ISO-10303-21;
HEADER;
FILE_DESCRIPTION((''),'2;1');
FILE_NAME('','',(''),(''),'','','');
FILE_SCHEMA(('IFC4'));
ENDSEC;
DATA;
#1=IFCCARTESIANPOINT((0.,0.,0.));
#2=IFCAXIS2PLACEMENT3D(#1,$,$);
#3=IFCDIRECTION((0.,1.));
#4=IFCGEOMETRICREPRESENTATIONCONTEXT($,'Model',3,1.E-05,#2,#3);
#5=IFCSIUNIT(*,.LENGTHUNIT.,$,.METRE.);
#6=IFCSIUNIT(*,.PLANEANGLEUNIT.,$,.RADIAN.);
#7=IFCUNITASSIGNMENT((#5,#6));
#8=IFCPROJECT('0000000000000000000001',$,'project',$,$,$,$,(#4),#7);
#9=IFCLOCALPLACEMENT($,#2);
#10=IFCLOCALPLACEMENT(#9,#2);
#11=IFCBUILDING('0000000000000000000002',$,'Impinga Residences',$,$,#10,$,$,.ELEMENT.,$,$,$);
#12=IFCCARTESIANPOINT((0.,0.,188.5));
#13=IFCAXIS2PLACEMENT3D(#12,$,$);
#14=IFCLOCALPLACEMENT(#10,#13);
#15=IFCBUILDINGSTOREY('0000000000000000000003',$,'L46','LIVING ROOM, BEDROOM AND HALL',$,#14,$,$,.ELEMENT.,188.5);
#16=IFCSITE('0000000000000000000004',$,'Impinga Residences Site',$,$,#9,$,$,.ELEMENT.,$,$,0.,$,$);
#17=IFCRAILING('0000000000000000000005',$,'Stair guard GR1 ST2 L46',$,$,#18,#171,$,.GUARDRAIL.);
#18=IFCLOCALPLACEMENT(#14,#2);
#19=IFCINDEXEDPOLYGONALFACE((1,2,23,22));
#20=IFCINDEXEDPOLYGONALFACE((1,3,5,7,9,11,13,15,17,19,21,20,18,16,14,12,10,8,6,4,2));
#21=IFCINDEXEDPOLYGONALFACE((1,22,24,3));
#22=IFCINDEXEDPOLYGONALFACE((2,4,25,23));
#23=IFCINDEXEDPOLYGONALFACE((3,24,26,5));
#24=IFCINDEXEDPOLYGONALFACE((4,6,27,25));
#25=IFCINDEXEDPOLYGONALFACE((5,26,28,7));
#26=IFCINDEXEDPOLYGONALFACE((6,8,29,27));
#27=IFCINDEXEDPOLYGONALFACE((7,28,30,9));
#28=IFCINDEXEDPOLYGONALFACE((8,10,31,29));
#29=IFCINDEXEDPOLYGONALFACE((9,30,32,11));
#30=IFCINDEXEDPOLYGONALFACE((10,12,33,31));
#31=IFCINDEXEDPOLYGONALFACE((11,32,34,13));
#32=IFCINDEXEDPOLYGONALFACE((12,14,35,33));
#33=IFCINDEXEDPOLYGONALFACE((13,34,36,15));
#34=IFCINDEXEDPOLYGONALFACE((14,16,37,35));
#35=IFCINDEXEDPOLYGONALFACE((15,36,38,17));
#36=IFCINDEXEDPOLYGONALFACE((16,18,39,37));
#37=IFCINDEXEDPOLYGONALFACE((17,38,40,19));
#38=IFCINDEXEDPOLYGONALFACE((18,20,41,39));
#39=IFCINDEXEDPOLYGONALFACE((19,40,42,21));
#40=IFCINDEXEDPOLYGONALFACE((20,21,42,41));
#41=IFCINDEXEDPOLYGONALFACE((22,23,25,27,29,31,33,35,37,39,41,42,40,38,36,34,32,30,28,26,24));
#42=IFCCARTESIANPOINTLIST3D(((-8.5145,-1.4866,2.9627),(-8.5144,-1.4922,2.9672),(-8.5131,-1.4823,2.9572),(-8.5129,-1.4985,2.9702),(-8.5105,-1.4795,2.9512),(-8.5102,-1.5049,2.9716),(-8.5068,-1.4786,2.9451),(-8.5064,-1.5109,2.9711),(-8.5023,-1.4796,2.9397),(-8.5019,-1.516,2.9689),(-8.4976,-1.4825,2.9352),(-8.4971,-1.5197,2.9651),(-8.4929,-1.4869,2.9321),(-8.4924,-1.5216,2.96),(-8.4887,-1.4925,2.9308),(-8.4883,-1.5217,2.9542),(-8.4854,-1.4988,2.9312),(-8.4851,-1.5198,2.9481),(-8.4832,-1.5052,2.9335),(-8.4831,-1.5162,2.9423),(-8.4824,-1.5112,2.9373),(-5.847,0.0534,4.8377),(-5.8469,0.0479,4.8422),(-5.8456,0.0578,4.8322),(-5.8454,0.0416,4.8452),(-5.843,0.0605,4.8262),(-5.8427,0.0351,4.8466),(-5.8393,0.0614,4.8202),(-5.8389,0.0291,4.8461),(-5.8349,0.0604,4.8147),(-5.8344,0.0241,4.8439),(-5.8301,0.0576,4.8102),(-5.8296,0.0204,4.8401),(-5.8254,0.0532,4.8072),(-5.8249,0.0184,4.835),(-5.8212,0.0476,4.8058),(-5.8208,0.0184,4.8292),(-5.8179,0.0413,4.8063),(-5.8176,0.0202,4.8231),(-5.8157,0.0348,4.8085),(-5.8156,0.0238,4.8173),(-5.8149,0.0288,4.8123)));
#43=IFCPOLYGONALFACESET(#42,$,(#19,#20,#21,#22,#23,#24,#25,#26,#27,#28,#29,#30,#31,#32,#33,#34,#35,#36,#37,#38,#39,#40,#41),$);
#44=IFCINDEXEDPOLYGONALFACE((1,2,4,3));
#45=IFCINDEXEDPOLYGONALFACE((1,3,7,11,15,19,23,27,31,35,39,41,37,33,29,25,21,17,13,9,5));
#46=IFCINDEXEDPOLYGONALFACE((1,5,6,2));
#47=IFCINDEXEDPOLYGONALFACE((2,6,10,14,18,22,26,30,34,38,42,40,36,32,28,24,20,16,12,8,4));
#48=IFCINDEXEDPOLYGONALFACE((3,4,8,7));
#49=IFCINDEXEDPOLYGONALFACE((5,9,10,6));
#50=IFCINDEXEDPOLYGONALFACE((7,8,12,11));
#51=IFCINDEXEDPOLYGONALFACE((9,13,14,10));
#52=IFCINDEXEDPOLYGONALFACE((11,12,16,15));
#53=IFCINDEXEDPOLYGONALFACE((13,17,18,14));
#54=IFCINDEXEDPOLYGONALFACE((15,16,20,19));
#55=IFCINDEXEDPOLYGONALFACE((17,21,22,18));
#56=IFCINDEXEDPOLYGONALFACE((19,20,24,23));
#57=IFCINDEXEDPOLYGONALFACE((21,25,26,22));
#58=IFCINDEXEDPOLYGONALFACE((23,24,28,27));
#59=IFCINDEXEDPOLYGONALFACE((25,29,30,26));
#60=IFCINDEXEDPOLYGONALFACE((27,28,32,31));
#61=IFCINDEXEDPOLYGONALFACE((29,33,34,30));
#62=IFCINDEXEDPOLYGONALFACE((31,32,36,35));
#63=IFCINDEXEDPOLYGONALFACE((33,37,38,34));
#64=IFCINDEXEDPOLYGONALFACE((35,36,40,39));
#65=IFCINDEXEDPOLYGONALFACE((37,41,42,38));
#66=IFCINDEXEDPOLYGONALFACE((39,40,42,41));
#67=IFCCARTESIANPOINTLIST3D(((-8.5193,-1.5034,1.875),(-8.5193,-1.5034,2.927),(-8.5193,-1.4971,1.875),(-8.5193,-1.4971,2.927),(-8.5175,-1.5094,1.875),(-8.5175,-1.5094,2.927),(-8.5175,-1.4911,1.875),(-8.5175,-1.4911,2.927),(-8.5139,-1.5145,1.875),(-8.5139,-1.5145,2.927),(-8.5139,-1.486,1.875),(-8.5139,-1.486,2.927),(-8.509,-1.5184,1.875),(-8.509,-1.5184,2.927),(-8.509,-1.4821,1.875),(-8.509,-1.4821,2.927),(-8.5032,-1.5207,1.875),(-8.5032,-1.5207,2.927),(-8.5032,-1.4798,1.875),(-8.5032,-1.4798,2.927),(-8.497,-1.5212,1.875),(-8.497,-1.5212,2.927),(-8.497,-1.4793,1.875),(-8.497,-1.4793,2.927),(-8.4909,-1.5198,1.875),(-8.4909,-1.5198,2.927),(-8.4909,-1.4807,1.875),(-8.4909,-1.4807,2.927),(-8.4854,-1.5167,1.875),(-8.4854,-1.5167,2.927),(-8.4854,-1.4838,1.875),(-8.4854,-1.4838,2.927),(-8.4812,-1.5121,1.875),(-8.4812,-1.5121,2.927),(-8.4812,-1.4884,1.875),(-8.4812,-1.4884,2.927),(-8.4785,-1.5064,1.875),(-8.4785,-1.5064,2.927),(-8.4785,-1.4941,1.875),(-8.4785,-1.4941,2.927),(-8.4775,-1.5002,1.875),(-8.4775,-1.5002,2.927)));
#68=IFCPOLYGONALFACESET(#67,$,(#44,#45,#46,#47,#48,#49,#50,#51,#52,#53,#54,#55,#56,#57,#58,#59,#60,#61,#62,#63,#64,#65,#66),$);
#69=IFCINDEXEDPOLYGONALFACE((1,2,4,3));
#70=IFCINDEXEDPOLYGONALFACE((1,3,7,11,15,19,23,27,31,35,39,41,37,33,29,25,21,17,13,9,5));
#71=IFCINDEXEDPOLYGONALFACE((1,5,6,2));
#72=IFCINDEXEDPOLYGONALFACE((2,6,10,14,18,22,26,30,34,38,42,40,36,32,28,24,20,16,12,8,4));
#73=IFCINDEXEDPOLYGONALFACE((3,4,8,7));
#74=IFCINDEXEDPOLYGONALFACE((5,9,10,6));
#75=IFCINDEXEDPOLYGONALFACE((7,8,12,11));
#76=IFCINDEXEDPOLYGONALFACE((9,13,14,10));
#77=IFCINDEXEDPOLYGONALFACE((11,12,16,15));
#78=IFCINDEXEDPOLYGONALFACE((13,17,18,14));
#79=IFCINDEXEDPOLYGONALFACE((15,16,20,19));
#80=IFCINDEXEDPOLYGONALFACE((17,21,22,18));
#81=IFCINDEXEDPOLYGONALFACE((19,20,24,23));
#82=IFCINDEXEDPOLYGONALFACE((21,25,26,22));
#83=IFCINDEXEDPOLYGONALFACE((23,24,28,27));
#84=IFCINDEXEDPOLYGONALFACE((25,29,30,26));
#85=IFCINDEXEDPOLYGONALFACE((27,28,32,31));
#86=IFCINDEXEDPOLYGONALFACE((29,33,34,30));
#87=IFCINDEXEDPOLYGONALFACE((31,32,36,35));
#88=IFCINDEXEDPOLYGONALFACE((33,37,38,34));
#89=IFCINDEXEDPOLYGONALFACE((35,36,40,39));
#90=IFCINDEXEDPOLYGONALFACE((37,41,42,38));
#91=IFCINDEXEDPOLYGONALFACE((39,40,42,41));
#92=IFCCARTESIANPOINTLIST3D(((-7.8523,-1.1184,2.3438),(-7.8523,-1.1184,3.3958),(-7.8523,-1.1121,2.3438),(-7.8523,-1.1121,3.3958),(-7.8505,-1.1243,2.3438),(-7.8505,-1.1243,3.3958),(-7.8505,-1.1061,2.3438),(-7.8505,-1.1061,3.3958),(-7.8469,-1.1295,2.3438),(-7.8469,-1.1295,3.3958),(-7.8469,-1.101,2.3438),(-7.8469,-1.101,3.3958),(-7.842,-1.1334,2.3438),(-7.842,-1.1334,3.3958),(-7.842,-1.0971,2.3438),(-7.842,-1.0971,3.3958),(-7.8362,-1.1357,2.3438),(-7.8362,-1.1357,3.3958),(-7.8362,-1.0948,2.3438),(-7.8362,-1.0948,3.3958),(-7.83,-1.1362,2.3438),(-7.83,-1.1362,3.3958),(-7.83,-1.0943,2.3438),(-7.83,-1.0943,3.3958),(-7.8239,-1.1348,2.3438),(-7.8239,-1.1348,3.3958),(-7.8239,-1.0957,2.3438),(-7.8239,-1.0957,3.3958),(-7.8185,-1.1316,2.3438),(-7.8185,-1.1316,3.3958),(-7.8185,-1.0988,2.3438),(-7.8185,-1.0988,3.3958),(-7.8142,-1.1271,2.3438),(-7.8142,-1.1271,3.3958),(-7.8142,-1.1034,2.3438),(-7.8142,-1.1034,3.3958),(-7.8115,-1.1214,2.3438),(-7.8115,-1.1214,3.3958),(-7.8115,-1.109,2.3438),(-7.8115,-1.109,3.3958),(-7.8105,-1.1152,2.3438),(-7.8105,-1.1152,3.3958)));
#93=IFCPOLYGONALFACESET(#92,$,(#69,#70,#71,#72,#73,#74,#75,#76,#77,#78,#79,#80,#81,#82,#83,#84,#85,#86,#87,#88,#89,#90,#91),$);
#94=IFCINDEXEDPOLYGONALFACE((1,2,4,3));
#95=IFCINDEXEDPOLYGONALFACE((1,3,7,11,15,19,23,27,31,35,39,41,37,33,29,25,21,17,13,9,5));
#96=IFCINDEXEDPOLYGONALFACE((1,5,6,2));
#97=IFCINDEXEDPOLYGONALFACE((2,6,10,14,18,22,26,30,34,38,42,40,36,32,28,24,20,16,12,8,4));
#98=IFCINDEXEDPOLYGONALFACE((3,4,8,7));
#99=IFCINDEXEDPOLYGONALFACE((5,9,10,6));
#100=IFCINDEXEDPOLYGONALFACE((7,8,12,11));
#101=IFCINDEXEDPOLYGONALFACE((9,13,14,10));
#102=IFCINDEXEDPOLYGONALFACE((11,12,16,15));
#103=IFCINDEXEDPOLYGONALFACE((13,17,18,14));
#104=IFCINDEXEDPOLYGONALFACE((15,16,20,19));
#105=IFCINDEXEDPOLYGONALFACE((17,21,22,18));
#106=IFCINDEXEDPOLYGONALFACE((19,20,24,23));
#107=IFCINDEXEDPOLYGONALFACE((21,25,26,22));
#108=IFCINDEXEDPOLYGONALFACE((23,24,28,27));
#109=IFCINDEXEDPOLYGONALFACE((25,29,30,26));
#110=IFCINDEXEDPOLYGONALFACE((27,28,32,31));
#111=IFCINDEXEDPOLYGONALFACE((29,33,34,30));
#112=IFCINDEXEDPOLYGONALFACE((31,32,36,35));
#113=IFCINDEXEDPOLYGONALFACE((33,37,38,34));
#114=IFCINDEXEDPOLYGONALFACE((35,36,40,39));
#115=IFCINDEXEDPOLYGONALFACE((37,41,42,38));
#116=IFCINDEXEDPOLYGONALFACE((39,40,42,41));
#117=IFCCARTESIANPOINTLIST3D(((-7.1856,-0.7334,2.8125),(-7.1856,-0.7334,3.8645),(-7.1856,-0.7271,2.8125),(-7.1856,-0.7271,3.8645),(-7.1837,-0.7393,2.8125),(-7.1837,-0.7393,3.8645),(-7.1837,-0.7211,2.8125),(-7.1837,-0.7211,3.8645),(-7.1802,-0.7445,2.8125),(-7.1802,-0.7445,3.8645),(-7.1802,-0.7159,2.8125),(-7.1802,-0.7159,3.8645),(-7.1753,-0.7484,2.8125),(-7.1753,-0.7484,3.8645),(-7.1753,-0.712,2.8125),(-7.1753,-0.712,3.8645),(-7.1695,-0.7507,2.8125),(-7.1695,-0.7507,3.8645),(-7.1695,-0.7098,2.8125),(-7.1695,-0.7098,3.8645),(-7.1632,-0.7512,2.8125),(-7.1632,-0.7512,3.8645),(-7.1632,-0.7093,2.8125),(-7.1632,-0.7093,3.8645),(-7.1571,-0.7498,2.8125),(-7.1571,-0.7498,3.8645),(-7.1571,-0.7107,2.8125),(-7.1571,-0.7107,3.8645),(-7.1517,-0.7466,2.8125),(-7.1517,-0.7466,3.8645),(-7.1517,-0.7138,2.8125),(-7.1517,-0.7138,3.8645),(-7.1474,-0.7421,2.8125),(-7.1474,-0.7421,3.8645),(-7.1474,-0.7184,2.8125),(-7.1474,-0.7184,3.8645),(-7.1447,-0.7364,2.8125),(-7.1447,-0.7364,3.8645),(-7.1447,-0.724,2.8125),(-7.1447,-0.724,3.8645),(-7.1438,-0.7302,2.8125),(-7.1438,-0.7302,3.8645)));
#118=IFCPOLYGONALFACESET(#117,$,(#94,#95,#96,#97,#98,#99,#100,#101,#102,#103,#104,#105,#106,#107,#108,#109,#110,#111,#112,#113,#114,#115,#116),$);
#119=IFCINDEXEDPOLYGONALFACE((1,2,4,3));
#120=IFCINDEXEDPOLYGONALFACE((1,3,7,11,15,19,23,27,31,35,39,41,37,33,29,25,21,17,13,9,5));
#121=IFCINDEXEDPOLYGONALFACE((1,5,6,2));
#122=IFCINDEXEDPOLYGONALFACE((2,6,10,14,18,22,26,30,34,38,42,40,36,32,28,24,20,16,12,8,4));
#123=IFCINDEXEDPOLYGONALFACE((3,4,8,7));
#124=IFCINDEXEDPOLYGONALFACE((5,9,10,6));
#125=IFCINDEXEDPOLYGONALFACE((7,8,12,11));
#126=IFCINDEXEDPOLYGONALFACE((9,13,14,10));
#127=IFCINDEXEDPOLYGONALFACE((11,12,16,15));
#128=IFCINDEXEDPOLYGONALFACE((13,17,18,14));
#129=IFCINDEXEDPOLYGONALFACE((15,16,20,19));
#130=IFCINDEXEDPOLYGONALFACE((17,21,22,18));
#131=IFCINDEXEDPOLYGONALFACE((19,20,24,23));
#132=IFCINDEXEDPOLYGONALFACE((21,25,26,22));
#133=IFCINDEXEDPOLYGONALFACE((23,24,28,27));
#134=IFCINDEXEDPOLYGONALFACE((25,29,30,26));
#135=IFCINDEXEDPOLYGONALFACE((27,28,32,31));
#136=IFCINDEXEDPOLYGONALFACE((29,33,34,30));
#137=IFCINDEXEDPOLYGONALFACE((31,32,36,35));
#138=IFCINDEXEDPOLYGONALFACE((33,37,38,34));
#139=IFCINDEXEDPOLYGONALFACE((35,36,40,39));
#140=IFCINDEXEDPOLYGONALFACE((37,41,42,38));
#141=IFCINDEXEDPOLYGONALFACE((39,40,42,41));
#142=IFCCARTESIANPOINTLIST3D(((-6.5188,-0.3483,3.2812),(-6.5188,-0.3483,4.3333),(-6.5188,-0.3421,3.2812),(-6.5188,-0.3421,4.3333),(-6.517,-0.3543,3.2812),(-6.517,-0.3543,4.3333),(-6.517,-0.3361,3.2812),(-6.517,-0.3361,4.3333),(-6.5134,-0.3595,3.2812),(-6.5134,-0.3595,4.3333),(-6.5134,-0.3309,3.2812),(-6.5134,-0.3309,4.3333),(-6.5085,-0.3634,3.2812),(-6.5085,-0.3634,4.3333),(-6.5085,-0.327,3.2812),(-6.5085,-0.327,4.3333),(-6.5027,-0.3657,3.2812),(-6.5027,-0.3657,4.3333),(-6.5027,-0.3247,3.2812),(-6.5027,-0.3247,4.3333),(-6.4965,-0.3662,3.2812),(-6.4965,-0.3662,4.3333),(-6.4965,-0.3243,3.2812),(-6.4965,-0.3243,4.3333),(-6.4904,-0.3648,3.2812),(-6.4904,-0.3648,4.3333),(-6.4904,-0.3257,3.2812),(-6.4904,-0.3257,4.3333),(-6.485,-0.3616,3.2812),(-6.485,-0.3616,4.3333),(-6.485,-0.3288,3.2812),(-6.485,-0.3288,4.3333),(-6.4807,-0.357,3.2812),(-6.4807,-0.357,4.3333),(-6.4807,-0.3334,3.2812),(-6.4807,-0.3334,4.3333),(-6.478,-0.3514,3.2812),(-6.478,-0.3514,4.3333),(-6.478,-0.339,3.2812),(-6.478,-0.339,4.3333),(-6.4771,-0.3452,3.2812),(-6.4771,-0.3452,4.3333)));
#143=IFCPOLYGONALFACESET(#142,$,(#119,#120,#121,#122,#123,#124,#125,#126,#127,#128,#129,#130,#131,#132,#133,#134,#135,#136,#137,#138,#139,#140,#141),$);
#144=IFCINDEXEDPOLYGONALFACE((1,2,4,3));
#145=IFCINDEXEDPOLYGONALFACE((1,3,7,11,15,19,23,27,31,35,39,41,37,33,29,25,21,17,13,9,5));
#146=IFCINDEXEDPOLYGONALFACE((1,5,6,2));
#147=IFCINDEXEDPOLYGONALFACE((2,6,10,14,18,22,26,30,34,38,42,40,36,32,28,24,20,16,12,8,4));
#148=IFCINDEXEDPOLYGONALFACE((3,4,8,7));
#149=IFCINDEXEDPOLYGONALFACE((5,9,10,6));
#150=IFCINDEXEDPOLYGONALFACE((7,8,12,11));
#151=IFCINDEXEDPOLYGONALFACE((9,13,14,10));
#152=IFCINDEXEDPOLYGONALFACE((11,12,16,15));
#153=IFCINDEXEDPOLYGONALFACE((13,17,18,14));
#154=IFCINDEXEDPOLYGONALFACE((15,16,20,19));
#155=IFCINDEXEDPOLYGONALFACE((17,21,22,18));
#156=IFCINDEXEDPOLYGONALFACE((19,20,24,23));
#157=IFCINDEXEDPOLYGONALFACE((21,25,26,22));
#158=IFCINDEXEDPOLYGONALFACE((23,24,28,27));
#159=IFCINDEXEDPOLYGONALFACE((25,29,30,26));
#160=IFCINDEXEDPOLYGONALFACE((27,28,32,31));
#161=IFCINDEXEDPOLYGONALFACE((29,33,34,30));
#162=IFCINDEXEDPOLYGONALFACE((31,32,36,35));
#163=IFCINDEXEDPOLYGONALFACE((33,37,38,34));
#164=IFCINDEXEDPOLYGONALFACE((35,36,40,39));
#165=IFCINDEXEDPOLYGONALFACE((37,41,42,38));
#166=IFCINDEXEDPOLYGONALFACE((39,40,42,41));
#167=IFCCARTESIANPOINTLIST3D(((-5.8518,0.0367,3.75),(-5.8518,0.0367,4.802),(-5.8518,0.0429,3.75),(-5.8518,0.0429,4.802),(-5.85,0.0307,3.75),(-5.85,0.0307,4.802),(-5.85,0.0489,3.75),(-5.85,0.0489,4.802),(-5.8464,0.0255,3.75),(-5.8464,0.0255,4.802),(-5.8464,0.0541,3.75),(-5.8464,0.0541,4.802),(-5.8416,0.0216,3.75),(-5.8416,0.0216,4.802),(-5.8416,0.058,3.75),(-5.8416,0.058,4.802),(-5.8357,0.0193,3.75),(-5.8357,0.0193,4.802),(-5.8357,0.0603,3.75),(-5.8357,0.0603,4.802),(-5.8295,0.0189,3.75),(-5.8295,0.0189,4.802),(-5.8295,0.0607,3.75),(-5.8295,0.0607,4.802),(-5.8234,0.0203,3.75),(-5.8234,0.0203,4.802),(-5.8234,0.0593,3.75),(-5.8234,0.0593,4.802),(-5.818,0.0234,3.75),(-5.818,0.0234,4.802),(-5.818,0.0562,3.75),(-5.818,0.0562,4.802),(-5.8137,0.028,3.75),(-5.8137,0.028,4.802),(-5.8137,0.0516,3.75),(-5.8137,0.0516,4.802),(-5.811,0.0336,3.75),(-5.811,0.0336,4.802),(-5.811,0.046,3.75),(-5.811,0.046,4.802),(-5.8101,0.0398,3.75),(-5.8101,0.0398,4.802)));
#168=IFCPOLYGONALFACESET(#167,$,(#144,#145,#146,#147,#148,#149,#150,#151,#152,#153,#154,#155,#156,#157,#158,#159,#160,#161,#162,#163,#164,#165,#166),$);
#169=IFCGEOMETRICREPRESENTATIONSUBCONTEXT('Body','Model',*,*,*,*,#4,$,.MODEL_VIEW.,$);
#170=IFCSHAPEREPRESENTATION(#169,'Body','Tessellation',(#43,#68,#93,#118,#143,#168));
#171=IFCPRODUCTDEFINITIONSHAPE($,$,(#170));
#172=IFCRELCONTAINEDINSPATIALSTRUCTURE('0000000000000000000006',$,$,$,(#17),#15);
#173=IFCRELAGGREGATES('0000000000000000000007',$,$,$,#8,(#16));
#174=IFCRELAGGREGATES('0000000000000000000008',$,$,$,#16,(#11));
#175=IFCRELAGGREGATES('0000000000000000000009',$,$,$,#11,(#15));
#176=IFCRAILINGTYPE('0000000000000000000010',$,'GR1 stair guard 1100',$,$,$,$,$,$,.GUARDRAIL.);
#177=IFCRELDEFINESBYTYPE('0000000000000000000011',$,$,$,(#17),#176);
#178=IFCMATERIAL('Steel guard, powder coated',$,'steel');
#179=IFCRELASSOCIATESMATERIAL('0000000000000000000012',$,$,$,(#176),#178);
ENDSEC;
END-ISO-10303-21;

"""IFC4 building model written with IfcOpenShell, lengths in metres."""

from ifc_helpers import new_model, si_unit, direction, frame, origin, origin_2d, place, context, subcontext, project, spatial, circle, extrude, material, type_object, element, save


model = new_model("IFC4")

# Units and contexts
model_context = context("Model", 3, precision=1e-05, world=origin(), true_north=direction((0.0, 1.0)))
body_context = subcontext(model_context, "Body", "Model", "MODEL_VIEW")
ifc_project = project(units=[si_unit("LENGTHUNIT", "METRE"), si_unit("PLANEANGLEUNIT", "RADIAN")], contexts=[model_context])

# Site, building, storey
site_placement = place(None, origin())
site = spatial("IfcSite", under=ifc_project, at=site_placement, Name="Impinga Residences Site", CompositionType="ELEMENT", RefElevation=0.0)
building_placement = place(site_placement, origin())
building = spatial("IfcBuilding", under=site, at=building_placement, Name="Impinga Residences", CompositionType="ELEMENT")
storey_placement = place(building_placement, frame((0.0, 0.0, 188.5)))
storey = spatial("IfcBuildingStorey", under=building, at=storey_placement, Name="L46", Description="LIVING ROOM, BEDROOM AND HALL", CompositionType="ELEMENT", Elevation=188.5)

# Railing
ifc_material_1 = material(Name="Steel guard, powder coated", Category="steel")
railing_type_1 = type_object("IfcRailingType", Name="GR1 stair guard 1100", PredefinedType="GUARDRAIL", material=ifc_material_1)
railing_1_placement = place(storey_placement, frame((-8.4985, -1.5002, 1.875)))
element("IfcRailing", 1, at=railing_1_placement, inside=storey, type_object=railing_type_1, Name="Stair guard GR1 ST2 L46", PredefinedType="GUARDRAIL", context=body_context, shape_type="SweptSolid", body=[
    extrude(circle(Radius=0.0239, at=origin_2d()), frame((0.0, 0.0, 1.0762), z_axis=(0.739746, 0.427084, 0.519975), x_axis=(-0.499992, 0.86603, 0.0)), (0.0, 0.0, 1.0), 3.606),
    extrude(circle(Radius=0.021, at=origin_2d()), origin(), (0.0, 0.0, 1.0), 1.052),
    extrude(circle(Radius=0.021, at=origin_2d()), frame((0.667, 0.385, 0.4688)), (0.0, 0.0, 1.0), 1.052),
    extrude(circle(Radius=0.021, at=origin_2d()), frame((1.3337, 0.77, 0.9375)), (0.0, 0.0, 1.0), 1.052),
    extrude(circle(Radius=0.021, at=origin_2d()), frame((2.0005, 1.155, 1.4062)), (0.0, 0.0, 1.0), 1.052),
    extrude(circle(Radius=0.021, at=origin_2d()), frame((2.6675, 1.54, 1.875)), (0.0, 0.0, 1.0), 1.052),
])

save(model, "model.ifc")
